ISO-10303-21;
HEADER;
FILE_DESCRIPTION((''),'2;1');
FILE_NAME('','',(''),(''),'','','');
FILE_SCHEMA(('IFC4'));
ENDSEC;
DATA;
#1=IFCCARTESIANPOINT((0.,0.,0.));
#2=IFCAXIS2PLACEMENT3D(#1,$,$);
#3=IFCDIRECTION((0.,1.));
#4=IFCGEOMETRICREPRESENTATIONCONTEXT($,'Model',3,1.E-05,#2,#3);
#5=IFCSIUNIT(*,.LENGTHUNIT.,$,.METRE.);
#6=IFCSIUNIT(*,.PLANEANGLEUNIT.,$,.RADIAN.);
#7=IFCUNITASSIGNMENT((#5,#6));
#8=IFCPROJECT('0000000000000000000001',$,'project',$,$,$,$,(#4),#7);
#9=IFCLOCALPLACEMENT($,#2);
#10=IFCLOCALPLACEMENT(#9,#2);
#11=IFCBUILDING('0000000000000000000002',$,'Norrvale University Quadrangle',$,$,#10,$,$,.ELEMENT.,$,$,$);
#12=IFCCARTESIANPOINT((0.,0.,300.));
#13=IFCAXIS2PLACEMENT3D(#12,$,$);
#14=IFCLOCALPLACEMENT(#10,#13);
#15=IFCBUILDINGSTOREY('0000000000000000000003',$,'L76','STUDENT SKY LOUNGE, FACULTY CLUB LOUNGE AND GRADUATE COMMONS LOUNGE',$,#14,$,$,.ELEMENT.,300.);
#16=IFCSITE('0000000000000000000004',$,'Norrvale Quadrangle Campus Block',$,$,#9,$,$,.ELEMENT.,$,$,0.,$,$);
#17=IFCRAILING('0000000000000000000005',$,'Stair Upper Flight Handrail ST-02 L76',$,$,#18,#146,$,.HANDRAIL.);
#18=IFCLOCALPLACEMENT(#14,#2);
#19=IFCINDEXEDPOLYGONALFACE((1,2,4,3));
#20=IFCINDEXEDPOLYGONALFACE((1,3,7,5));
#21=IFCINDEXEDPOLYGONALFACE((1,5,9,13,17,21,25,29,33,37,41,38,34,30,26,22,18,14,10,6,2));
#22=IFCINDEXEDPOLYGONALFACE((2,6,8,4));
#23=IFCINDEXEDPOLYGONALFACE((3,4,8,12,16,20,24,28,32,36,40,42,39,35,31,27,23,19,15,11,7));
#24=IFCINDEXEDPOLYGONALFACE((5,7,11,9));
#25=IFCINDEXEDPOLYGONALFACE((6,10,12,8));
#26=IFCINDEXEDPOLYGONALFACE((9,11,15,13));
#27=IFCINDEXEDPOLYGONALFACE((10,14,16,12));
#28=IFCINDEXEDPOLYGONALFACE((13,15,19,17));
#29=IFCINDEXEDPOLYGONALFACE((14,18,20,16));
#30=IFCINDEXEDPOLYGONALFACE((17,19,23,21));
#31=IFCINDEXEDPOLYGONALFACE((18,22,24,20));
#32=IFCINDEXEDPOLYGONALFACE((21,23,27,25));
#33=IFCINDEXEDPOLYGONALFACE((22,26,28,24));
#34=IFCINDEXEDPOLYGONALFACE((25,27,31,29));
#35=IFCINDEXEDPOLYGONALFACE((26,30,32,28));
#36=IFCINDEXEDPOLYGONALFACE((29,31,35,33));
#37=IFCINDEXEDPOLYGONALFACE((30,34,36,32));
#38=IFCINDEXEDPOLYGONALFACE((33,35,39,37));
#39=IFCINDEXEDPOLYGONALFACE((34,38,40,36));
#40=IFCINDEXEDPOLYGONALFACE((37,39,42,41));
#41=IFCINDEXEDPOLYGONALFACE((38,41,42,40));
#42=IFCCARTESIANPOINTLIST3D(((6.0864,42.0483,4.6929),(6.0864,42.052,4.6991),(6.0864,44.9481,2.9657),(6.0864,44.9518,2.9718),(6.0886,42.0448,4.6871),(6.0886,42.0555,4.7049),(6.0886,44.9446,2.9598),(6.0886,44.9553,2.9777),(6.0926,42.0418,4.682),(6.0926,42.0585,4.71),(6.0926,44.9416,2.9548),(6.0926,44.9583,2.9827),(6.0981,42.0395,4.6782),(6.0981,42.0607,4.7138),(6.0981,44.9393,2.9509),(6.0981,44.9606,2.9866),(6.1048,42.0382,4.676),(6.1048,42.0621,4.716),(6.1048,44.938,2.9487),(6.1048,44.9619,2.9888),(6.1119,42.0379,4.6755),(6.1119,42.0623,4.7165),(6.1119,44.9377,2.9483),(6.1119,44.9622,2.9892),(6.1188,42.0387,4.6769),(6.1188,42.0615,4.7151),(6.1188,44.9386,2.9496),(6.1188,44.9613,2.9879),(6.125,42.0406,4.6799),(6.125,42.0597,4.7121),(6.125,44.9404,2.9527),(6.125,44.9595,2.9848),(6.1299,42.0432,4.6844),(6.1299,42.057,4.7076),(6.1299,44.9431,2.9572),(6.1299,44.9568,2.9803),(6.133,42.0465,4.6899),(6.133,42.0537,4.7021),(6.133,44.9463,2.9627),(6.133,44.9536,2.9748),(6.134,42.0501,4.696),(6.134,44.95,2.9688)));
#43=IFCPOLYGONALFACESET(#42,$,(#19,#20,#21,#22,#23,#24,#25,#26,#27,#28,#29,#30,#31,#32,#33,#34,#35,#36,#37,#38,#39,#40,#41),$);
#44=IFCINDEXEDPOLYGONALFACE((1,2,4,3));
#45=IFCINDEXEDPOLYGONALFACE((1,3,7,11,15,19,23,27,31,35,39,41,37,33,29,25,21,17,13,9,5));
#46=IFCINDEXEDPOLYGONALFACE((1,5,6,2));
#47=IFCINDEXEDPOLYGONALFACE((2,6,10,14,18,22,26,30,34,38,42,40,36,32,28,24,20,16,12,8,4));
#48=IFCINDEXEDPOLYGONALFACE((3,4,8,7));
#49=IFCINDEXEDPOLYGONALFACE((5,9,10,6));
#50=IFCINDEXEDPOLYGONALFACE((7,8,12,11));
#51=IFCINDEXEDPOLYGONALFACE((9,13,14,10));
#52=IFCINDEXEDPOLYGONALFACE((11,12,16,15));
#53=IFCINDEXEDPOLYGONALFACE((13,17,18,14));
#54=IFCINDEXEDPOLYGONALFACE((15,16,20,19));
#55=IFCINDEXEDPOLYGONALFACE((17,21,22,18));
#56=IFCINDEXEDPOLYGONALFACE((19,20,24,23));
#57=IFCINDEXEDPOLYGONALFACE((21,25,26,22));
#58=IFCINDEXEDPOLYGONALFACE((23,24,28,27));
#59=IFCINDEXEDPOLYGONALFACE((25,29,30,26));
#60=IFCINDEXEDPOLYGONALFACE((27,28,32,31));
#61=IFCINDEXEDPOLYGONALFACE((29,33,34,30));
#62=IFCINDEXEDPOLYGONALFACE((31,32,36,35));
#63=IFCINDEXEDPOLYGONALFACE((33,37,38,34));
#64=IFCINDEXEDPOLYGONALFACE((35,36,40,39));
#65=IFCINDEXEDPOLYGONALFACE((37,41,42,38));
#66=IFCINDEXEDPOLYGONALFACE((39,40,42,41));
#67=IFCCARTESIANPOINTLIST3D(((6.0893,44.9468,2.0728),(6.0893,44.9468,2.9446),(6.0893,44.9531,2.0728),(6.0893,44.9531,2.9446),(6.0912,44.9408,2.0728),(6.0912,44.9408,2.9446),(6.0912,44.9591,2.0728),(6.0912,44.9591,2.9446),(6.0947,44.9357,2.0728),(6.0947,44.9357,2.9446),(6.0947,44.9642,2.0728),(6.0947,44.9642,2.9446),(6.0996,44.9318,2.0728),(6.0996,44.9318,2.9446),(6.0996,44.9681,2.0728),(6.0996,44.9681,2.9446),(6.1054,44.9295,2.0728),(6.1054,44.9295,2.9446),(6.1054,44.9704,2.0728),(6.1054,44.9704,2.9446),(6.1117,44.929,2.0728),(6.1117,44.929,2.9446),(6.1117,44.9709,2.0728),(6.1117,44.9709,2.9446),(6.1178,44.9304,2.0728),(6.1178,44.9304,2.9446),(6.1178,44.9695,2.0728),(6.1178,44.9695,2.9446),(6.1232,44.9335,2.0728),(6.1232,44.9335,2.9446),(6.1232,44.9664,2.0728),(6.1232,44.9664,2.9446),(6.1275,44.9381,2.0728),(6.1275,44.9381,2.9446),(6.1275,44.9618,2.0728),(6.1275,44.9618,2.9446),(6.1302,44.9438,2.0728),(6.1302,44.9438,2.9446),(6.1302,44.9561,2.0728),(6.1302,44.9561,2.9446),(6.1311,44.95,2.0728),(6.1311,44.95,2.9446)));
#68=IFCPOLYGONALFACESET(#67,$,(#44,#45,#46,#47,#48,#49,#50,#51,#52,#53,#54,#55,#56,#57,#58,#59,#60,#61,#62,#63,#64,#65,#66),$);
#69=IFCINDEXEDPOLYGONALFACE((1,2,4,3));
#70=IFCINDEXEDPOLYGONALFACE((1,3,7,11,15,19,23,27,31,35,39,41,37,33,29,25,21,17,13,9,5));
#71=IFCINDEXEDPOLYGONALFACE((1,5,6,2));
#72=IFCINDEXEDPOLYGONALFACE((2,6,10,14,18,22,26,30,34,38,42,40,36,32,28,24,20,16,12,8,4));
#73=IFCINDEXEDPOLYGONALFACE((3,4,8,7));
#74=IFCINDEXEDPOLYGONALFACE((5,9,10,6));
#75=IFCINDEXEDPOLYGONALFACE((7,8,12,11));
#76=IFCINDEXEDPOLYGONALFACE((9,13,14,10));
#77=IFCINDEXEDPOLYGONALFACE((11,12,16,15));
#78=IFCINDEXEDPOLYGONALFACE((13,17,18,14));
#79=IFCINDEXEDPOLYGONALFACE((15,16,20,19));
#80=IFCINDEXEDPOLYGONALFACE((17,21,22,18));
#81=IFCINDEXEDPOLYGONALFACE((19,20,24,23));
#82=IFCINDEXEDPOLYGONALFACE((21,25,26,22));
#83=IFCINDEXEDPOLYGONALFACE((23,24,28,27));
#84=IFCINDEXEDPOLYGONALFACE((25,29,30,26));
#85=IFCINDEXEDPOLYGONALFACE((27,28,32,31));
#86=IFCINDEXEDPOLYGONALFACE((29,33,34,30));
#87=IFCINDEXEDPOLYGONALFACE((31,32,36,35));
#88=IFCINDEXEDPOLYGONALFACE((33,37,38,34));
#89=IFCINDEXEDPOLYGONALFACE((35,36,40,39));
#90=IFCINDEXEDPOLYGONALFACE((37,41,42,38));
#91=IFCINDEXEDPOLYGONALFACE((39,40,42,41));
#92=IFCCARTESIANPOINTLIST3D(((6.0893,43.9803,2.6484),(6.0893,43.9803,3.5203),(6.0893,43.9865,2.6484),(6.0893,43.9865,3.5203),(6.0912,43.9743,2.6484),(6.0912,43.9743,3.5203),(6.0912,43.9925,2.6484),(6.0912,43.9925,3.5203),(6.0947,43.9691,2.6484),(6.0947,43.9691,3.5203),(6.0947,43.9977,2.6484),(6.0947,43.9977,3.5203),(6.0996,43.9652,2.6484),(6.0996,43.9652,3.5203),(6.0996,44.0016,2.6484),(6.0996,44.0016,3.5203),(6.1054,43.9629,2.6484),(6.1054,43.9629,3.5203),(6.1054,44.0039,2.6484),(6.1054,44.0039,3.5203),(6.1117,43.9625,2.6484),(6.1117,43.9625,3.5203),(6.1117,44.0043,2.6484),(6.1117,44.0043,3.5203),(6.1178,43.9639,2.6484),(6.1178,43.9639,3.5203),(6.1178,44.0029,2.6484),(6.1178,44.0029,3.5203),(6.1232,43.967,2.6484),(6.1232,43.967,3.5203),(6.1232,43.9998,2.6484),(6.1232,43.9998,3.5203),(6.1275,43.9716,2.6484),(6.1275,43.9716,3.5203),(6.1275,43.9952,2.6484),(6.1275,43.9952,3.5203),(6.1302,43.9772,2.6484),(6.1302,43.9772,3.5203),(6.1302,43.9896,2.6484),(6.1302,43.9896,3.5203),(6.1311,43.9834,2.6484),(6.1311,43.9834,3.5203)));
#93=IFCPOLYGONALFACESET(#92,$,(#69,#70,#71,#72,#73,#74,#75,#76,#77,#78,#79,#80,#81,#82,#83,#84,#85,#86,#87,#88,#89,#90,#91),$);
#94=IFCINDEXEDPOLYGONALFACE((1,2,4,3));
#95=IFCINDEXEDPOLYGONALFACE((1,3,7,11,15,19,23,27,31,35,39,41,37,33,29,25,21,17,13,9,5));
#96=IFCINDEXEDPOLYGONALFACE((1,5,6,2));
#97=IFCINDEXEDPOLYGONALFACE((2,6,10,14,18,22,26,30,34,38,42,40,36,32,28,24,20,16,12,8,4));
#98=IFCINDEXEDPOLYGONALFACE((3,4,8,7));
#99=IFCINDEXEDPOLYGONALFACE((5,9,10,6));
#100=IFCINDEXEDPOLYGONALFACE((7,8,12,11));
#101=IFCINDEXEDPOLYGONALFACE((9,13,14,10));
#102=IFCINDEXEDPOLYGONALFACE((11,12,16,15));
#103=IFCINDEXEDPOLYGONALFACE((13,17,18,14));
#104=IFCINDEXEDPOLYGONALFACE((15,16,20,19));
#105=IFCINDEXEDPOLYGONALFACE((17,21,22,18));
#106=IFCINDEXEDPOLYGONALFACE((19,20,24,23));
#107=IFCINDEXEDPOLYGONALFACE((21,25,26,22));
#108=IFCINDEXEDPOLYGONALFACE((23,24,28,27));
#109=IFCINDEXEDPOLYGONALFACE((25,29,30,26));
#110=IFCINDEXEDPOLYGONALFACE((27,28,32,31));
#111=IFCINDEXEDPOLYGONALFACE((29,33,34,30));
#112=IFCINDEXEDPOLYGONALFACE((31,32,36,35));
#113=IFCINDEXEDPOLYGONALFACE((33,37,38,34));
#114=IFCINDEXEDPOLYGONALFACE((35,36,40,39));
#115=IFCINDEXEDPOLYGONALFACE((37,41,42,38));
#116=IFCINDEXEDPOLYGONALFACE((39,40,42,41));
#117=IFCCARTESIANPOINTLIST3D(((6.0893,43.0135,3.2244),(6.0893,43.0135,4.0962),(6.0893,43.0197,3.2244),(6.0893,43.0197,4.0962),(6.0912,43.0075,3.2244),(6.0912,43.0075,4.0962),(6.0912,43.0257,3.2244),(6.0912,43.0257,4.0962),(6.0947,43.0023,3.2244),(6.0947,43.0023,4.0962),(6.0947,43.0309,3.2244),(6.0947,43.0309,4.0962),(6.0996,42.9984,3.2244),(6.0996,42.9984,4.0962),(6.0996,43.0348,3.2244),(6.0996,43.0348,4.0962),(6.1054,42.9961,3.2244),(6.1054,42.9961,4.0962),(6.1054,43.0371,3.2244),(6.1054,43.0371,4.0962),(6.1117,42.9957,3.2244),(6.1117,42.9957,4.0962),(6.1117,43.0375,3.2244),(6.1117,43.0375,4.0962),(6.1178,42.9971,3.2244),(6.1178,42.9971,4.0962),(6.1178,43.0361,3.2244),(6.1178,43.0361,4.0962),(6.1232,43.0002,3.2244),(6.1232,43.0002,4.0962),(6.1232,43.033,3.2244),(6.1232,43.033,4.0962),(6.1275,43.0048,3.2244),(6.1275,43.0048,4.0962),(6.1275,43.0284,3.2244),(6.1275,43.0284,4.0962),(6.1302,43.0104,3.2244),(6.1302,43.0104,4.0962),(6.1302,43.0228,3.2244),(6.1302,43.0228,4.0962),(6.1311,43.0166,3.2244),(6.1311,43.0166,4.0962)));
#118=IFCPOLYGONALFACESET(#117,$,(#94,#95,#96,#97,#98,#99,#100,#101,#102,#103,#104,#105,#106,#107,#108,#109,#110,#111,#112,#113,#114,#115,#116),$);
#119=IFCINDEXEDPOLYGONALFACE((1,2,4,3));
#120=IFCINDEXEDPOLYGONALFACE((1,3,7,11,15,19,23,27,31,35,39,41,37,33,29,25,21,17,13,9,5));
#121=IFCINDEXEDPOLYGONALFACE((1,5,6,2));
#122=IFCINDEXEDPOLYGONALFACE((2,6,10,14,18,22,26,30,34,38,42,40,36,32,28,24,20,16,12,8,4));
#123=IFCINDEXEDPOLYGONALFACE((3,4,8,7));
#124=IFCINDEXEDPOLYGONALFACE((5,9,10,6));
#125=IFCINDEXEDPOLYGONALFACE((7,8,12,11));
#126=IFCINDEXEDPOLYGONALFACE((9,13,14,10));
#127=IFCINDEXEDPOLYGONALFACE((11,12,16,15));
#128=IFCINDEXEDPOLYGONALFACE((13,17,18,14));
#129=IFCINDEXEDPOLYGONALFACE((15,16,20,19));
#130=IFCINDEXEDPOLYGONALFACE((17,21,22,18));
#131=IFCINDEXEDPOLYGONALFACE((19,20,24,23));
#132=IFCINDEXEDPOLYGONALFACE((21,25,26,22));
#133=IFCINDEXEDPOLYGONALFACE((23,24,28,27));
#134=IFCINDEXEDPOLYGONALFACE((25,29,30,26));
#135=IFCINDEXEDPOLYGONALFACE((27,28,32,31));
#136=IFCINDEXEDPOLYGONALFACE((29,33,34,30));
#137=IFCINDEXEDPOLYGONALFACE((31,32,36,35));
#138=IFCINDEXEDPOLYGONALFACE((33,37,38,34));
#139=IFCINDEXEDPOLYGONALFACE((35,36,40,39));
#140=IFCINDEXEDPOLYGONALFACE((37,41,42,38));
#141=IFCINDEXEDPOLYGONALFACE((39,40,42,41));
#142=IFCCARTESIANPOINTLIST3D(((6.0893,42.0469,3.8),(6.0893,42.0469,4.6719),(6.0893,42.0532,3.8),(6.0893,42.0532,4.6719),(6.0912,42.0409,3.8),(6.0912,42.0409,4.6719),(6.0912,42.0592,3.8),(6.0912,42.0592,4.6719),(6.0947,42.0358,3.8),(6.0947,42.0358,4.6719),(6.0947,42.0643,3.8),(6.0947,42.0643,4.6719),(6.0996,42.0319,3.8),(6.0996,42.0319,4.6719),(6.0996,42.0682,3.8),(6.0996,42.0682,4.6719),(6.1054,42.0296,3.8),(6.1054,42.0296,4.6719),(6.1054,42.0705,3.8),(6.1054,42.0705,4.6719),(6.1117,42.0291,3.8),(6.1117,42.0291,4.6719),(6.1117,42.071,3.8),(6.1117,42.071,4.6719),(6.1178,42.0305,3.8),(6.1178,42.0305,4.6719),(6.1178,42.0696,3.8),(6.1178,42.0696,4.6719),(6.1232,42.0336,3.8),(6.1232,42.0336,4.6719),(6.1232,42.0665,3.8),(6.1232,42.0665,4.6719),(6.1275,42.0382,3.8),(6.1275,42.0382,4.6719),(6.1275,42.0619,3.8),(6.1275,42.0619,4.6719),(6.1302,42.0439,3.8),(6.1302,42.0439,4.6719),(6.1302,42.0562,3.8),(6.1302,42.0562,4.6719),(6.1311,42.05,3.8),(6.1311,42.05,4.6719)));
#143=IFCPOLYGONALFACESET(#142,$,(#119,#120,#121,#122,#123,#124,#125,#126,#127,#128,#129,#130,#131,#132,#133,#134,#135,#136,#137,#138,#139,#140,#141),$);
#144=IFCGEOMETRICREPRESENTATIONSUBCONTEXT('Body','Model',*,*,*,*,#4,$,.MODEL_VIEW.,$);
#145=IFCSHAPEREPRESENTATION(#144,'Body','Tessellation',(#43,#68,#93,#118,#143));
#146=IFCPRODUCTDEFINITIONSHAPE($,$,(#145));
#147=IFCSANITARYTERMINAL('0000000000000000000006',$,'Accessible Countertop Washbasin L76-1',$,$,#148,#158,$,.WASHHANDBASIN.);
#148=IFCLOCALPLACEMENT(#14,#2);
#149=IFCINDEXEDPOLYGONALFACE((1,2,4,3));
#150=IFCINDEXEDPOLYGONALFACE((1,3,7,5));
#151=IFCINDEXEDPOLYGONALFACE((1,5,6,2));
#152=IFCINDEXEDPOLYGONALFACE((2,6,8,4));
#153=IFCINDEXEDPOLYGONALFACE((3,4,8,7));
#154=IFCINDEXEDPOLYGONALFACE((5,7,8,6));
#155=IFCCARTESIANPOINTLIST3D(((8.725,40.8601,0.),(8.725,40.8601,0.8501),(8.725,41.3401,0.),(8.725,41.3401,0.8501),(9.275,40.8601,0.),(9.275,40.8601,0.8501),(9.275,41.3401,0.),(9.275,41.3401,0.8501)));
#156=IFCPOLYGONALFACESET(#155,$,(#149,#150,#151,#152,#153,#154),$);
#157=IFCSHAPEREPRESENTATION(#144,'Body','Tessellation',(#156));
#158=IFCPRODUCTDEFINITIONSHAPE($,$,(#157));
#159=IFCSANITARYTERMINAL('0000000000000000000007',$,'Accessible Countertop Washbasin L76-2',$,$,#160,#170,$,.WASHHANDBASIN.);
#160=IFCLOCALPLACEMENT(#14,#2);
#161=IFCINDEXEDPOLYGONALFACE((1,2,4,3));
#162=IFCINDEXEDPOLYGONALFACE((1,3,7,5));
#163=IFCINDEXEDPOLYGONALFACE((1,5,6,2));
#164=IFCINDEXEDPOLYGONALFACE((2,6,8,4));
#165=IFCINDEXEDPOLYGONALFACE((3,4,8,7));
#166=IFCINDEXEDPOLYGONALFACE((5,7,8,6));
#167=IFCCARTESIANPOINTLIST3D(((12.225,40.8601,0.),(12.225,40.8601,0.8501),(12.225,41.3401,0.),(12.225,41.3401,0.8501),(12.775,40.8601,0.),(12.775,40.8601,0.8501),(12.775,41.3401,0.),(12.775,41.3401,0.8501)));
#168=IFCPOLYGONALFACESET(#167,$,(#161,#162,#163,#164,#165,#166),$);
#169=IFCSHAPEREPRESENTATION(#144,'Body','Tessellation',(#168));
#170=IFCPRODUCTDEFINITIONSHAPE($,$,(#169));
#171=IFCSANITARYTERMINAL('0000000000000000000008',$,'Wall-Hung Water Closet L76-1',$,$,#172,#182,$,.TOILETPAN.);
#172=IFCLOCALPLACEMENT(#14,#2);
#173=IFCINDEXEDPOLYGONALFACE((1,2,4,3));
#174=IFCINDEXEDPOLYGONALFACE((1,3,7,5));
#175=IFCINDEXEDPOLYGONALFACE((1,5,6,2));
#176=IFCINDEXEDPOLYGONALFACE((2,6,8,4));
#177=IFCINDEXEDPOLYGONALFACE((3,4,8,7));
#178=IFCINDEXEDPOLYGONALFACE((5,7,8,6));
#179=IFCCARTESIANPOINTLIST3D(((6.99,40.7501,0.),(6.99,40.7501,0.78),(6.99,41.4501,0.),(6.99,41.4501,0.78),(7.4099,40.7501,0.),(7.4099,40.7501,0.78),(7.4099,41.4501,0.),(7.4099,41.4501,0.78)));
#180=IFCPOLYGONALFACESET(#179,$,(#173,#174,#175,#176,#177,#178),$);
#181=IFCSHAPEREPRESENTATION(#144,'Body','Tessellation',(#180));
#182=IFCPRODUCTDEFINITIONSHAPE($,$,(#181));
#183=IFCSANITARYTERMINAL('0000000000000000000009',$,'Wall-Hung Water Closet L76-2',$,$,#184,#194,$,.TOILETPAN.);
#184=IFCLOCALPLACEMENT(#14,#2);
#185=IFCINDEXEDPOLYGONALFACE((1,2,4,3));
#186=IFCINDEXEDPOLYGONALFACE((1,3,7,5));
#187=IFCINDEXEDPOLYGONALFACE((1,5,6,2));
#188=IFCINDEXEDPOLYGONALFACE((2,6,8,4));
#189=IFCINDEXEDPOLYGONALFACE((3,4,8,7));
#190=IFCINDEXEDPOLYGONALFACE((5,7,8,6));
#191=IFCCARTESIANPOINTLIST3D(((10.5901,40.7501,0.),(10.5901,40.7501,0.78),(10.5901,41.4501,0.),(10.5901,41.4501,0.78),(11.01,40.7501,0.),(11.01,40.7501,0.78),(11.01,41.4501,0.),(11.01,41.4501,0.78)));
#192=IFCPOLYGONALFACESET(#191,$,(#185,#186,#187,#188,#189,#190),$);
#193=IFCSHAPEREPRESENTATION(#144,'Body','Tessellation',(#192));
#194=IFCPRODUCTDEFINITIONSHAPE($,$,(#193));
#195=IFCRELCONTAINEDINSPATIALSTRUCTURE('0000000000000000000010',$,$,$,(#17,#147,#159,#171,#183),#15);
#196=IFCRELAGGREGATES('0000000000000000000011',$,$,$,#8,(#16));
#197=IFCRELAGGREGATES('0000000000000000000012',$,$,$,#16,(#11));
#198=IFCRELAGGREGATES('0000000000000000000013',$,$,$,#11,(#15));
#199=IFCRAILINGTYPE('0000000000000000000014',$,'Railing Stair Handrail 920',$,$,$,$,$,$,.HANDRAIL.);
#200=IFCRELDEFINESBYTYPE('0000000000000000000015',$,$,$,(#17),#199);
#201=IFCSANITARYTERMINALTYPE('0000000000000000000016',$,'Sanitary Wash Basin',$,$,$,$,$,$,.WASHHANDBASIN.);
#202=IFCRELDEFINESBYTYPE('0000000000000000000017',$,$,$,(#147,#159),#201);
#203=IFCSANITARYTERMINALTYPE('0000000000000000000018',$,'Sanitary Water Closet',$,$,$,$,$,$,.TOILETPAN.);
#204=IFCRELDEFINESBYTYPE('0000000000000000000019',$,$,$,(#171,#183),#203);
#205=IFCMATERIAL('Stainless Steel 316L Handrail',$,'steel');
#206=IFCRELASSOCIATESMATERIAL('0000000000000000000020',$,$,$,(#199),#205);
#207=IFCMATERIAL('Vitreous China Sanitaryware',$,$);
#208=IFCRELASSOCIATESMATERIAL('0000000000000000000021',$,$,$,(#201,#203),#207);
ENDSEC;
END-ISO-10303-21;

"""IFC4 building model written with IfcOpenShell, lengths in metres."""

from ifc_helpers import new_model, si_unit, direction, frame, origin, origin_2d, place, context, subcontext, project, spatial, rectangle, circle, extrude, material, type_object, element, save


model = new_model("IFC4")

# Units and contexts
model_context = context("Model", 3, precision=1e-05, world=origin(), true_north=direction((0.0, 1.0)))
body_context = subcontext(model_context, "Body", "Model", "MODEL_VIEW")
ifc_project = project(units=[si_unit("LENGTHUNIT", "METRE"), si_unit("PLANEANGLEUNIT", "RADIAN")], contexts=[model_context])

# Site, building, storey
site_placement = place(None, origin())
site = spatial("IfcSite", under=ifc_project, at=site_placement, Name="Norrvale Quadrangle Campus Block", CompositionType="ELEMENT", RefElevation=0.0)
building_placement = place(site_placement, origin())
building = spatial("IfcBuilding", under=site, at=building_placement, Name="Norrvale University Quadrangle", CompositionType="ELEMENT")
storey_placement = place(building_placement, frame((0.0, 0.0, 300.0)))
storey = spatial("IfcBuildingStorey", under=building, at=storey_placement, Name="L76", Description="STUDENT SKY LOUNGE, FACULTY CLUB LOUNGE AND GRADUATE COMMONS LOUNGE", CompositionType="ELEMENT", Elevation=300.0)

# Railing
ifc_material_1 = material(Name="Stainless Steel 316L Handrail", Category="steel")
railing_type_1 = type_object("IfcRailingType", Name="Railing Stair Handrail 920", PredefinedType="HANDRAIL", material=ifc_material_1)
railing_1_placement = place(storey_placement, frame((6.1101, 44.95, 2.0728)))
element("IfcRailing", 1, at=railing_1_placement, inside=storey, type_object=railing_type_1, Name="Stair Upper Flight Handrail ST-02 L76", PredefinedType="HANDRAIL", context=body_context, shape_type="SweptSolid", body=[
    extrude(circle(Radius=0.0239, at=origin_2d()), frame((0.0, 0.0, 0.896), z_axis=(0.0, -0.859141, 0.511738), x_axis=(1.0, 0.0, 0.0)), (0.0, 0.0, 1.0), 3.3752),
    extrude(circle(Radius=0.021, at=origin_2d()), origin(), (0.0, 0.0, 1.0), 0.8718),
    extrude(circle(Radius=0.021, at=origin_2d()), frame((0.0, -0.9666, 0.5757)), (0.0, 0.0, 1.0), 0.8718),
    extrude(circle(Radius=0.021, at=origin_2d()), frame((0.0, -1.9333, 1.1516)), (0.0, 0.0, 1.0), 0.8718),
    extrude(circle(Radius=0.021, at=origin_2d()), frame((0.0, -2.8999, 1.7273)), (0.0, 0.0, 1.0), 0.8718),
])

# Sanitary terminals
ifc_material_2 = material(Name="Vitreous China Sanitaryware")
sanitary_terminal_type_1 = type_object("IfcSanitaryTerminalType", Name="Sanitary Wash Basin", PredefinedType="WASHHANDBASIN", material=ifc_material_2)
for number, where, z_axis, x_axis, name in (
    (2, (9.0, 41.1001, 0.0), (0.0, 0.0, 1.0), (1.0, 0.0, 0.0), "Accessible Countertop Washbasin L76-1"),
    (3, (12.5, 41.1001, 0.0), (0.0, 0.0, 1.0), (1.0, 0.0, 0.0), "Accessible Countertop Washbasin L76-2"),
):
    element("IfcSanitaryTerminal", number, at=place(storey_placement, frame(where, z_axis=z_axis, x_axis=x_axis)), inside=storey, type_object=sanitary_terminal_type_1, Name=name, PredefinedType="WASHHANDBASIN", context=body_context, shape_type="SweptSolid", body=[
        extrude(rectangle(XDim=0.55, YDim=0.48, at=origin_2d()), origin(), (0.0, 0.0, 1.0), 0.8501),
    ])
sanitary_terminal_type_2 = type_object("IfcSanitaryTerminalType", Name="Sanitary Water Closet", PredefinedType="TOILETPAN", material=ifc_material_2)
for number, where, z_axis, x_axis, name in (
    (4, (7.2, 41.1001, 0.0), (0.0, 0.0, 1.0), (1.0, 0.0, 0.0), "Wall-Hung Water Closet L76-1"),
    (5, (10.8, 41.1001, 0.0), (0.0, 0.0, 1.0), (1.0, 0.0, 0.0), "Wall-Hung Water Closet L76-2"),
):
    element("IfcSanitaryTerminal", number, at=place(storey_placement, frame(where, z_axis=z_axis, x_axis=x_axis)), inside=storey, type_object=sanitary_terminal_type_2, Name=name, PredefinedType="TOILETPAN", context=body_context, shape_type="SweptSolid", body=[
        extrude(rectangle(XDim=0.4199, YDim=0.7, at=origin_2d()), origin(), (0.0, 0.0, 1.0), 0.78),
    ])

save(model, "model.ifc")
